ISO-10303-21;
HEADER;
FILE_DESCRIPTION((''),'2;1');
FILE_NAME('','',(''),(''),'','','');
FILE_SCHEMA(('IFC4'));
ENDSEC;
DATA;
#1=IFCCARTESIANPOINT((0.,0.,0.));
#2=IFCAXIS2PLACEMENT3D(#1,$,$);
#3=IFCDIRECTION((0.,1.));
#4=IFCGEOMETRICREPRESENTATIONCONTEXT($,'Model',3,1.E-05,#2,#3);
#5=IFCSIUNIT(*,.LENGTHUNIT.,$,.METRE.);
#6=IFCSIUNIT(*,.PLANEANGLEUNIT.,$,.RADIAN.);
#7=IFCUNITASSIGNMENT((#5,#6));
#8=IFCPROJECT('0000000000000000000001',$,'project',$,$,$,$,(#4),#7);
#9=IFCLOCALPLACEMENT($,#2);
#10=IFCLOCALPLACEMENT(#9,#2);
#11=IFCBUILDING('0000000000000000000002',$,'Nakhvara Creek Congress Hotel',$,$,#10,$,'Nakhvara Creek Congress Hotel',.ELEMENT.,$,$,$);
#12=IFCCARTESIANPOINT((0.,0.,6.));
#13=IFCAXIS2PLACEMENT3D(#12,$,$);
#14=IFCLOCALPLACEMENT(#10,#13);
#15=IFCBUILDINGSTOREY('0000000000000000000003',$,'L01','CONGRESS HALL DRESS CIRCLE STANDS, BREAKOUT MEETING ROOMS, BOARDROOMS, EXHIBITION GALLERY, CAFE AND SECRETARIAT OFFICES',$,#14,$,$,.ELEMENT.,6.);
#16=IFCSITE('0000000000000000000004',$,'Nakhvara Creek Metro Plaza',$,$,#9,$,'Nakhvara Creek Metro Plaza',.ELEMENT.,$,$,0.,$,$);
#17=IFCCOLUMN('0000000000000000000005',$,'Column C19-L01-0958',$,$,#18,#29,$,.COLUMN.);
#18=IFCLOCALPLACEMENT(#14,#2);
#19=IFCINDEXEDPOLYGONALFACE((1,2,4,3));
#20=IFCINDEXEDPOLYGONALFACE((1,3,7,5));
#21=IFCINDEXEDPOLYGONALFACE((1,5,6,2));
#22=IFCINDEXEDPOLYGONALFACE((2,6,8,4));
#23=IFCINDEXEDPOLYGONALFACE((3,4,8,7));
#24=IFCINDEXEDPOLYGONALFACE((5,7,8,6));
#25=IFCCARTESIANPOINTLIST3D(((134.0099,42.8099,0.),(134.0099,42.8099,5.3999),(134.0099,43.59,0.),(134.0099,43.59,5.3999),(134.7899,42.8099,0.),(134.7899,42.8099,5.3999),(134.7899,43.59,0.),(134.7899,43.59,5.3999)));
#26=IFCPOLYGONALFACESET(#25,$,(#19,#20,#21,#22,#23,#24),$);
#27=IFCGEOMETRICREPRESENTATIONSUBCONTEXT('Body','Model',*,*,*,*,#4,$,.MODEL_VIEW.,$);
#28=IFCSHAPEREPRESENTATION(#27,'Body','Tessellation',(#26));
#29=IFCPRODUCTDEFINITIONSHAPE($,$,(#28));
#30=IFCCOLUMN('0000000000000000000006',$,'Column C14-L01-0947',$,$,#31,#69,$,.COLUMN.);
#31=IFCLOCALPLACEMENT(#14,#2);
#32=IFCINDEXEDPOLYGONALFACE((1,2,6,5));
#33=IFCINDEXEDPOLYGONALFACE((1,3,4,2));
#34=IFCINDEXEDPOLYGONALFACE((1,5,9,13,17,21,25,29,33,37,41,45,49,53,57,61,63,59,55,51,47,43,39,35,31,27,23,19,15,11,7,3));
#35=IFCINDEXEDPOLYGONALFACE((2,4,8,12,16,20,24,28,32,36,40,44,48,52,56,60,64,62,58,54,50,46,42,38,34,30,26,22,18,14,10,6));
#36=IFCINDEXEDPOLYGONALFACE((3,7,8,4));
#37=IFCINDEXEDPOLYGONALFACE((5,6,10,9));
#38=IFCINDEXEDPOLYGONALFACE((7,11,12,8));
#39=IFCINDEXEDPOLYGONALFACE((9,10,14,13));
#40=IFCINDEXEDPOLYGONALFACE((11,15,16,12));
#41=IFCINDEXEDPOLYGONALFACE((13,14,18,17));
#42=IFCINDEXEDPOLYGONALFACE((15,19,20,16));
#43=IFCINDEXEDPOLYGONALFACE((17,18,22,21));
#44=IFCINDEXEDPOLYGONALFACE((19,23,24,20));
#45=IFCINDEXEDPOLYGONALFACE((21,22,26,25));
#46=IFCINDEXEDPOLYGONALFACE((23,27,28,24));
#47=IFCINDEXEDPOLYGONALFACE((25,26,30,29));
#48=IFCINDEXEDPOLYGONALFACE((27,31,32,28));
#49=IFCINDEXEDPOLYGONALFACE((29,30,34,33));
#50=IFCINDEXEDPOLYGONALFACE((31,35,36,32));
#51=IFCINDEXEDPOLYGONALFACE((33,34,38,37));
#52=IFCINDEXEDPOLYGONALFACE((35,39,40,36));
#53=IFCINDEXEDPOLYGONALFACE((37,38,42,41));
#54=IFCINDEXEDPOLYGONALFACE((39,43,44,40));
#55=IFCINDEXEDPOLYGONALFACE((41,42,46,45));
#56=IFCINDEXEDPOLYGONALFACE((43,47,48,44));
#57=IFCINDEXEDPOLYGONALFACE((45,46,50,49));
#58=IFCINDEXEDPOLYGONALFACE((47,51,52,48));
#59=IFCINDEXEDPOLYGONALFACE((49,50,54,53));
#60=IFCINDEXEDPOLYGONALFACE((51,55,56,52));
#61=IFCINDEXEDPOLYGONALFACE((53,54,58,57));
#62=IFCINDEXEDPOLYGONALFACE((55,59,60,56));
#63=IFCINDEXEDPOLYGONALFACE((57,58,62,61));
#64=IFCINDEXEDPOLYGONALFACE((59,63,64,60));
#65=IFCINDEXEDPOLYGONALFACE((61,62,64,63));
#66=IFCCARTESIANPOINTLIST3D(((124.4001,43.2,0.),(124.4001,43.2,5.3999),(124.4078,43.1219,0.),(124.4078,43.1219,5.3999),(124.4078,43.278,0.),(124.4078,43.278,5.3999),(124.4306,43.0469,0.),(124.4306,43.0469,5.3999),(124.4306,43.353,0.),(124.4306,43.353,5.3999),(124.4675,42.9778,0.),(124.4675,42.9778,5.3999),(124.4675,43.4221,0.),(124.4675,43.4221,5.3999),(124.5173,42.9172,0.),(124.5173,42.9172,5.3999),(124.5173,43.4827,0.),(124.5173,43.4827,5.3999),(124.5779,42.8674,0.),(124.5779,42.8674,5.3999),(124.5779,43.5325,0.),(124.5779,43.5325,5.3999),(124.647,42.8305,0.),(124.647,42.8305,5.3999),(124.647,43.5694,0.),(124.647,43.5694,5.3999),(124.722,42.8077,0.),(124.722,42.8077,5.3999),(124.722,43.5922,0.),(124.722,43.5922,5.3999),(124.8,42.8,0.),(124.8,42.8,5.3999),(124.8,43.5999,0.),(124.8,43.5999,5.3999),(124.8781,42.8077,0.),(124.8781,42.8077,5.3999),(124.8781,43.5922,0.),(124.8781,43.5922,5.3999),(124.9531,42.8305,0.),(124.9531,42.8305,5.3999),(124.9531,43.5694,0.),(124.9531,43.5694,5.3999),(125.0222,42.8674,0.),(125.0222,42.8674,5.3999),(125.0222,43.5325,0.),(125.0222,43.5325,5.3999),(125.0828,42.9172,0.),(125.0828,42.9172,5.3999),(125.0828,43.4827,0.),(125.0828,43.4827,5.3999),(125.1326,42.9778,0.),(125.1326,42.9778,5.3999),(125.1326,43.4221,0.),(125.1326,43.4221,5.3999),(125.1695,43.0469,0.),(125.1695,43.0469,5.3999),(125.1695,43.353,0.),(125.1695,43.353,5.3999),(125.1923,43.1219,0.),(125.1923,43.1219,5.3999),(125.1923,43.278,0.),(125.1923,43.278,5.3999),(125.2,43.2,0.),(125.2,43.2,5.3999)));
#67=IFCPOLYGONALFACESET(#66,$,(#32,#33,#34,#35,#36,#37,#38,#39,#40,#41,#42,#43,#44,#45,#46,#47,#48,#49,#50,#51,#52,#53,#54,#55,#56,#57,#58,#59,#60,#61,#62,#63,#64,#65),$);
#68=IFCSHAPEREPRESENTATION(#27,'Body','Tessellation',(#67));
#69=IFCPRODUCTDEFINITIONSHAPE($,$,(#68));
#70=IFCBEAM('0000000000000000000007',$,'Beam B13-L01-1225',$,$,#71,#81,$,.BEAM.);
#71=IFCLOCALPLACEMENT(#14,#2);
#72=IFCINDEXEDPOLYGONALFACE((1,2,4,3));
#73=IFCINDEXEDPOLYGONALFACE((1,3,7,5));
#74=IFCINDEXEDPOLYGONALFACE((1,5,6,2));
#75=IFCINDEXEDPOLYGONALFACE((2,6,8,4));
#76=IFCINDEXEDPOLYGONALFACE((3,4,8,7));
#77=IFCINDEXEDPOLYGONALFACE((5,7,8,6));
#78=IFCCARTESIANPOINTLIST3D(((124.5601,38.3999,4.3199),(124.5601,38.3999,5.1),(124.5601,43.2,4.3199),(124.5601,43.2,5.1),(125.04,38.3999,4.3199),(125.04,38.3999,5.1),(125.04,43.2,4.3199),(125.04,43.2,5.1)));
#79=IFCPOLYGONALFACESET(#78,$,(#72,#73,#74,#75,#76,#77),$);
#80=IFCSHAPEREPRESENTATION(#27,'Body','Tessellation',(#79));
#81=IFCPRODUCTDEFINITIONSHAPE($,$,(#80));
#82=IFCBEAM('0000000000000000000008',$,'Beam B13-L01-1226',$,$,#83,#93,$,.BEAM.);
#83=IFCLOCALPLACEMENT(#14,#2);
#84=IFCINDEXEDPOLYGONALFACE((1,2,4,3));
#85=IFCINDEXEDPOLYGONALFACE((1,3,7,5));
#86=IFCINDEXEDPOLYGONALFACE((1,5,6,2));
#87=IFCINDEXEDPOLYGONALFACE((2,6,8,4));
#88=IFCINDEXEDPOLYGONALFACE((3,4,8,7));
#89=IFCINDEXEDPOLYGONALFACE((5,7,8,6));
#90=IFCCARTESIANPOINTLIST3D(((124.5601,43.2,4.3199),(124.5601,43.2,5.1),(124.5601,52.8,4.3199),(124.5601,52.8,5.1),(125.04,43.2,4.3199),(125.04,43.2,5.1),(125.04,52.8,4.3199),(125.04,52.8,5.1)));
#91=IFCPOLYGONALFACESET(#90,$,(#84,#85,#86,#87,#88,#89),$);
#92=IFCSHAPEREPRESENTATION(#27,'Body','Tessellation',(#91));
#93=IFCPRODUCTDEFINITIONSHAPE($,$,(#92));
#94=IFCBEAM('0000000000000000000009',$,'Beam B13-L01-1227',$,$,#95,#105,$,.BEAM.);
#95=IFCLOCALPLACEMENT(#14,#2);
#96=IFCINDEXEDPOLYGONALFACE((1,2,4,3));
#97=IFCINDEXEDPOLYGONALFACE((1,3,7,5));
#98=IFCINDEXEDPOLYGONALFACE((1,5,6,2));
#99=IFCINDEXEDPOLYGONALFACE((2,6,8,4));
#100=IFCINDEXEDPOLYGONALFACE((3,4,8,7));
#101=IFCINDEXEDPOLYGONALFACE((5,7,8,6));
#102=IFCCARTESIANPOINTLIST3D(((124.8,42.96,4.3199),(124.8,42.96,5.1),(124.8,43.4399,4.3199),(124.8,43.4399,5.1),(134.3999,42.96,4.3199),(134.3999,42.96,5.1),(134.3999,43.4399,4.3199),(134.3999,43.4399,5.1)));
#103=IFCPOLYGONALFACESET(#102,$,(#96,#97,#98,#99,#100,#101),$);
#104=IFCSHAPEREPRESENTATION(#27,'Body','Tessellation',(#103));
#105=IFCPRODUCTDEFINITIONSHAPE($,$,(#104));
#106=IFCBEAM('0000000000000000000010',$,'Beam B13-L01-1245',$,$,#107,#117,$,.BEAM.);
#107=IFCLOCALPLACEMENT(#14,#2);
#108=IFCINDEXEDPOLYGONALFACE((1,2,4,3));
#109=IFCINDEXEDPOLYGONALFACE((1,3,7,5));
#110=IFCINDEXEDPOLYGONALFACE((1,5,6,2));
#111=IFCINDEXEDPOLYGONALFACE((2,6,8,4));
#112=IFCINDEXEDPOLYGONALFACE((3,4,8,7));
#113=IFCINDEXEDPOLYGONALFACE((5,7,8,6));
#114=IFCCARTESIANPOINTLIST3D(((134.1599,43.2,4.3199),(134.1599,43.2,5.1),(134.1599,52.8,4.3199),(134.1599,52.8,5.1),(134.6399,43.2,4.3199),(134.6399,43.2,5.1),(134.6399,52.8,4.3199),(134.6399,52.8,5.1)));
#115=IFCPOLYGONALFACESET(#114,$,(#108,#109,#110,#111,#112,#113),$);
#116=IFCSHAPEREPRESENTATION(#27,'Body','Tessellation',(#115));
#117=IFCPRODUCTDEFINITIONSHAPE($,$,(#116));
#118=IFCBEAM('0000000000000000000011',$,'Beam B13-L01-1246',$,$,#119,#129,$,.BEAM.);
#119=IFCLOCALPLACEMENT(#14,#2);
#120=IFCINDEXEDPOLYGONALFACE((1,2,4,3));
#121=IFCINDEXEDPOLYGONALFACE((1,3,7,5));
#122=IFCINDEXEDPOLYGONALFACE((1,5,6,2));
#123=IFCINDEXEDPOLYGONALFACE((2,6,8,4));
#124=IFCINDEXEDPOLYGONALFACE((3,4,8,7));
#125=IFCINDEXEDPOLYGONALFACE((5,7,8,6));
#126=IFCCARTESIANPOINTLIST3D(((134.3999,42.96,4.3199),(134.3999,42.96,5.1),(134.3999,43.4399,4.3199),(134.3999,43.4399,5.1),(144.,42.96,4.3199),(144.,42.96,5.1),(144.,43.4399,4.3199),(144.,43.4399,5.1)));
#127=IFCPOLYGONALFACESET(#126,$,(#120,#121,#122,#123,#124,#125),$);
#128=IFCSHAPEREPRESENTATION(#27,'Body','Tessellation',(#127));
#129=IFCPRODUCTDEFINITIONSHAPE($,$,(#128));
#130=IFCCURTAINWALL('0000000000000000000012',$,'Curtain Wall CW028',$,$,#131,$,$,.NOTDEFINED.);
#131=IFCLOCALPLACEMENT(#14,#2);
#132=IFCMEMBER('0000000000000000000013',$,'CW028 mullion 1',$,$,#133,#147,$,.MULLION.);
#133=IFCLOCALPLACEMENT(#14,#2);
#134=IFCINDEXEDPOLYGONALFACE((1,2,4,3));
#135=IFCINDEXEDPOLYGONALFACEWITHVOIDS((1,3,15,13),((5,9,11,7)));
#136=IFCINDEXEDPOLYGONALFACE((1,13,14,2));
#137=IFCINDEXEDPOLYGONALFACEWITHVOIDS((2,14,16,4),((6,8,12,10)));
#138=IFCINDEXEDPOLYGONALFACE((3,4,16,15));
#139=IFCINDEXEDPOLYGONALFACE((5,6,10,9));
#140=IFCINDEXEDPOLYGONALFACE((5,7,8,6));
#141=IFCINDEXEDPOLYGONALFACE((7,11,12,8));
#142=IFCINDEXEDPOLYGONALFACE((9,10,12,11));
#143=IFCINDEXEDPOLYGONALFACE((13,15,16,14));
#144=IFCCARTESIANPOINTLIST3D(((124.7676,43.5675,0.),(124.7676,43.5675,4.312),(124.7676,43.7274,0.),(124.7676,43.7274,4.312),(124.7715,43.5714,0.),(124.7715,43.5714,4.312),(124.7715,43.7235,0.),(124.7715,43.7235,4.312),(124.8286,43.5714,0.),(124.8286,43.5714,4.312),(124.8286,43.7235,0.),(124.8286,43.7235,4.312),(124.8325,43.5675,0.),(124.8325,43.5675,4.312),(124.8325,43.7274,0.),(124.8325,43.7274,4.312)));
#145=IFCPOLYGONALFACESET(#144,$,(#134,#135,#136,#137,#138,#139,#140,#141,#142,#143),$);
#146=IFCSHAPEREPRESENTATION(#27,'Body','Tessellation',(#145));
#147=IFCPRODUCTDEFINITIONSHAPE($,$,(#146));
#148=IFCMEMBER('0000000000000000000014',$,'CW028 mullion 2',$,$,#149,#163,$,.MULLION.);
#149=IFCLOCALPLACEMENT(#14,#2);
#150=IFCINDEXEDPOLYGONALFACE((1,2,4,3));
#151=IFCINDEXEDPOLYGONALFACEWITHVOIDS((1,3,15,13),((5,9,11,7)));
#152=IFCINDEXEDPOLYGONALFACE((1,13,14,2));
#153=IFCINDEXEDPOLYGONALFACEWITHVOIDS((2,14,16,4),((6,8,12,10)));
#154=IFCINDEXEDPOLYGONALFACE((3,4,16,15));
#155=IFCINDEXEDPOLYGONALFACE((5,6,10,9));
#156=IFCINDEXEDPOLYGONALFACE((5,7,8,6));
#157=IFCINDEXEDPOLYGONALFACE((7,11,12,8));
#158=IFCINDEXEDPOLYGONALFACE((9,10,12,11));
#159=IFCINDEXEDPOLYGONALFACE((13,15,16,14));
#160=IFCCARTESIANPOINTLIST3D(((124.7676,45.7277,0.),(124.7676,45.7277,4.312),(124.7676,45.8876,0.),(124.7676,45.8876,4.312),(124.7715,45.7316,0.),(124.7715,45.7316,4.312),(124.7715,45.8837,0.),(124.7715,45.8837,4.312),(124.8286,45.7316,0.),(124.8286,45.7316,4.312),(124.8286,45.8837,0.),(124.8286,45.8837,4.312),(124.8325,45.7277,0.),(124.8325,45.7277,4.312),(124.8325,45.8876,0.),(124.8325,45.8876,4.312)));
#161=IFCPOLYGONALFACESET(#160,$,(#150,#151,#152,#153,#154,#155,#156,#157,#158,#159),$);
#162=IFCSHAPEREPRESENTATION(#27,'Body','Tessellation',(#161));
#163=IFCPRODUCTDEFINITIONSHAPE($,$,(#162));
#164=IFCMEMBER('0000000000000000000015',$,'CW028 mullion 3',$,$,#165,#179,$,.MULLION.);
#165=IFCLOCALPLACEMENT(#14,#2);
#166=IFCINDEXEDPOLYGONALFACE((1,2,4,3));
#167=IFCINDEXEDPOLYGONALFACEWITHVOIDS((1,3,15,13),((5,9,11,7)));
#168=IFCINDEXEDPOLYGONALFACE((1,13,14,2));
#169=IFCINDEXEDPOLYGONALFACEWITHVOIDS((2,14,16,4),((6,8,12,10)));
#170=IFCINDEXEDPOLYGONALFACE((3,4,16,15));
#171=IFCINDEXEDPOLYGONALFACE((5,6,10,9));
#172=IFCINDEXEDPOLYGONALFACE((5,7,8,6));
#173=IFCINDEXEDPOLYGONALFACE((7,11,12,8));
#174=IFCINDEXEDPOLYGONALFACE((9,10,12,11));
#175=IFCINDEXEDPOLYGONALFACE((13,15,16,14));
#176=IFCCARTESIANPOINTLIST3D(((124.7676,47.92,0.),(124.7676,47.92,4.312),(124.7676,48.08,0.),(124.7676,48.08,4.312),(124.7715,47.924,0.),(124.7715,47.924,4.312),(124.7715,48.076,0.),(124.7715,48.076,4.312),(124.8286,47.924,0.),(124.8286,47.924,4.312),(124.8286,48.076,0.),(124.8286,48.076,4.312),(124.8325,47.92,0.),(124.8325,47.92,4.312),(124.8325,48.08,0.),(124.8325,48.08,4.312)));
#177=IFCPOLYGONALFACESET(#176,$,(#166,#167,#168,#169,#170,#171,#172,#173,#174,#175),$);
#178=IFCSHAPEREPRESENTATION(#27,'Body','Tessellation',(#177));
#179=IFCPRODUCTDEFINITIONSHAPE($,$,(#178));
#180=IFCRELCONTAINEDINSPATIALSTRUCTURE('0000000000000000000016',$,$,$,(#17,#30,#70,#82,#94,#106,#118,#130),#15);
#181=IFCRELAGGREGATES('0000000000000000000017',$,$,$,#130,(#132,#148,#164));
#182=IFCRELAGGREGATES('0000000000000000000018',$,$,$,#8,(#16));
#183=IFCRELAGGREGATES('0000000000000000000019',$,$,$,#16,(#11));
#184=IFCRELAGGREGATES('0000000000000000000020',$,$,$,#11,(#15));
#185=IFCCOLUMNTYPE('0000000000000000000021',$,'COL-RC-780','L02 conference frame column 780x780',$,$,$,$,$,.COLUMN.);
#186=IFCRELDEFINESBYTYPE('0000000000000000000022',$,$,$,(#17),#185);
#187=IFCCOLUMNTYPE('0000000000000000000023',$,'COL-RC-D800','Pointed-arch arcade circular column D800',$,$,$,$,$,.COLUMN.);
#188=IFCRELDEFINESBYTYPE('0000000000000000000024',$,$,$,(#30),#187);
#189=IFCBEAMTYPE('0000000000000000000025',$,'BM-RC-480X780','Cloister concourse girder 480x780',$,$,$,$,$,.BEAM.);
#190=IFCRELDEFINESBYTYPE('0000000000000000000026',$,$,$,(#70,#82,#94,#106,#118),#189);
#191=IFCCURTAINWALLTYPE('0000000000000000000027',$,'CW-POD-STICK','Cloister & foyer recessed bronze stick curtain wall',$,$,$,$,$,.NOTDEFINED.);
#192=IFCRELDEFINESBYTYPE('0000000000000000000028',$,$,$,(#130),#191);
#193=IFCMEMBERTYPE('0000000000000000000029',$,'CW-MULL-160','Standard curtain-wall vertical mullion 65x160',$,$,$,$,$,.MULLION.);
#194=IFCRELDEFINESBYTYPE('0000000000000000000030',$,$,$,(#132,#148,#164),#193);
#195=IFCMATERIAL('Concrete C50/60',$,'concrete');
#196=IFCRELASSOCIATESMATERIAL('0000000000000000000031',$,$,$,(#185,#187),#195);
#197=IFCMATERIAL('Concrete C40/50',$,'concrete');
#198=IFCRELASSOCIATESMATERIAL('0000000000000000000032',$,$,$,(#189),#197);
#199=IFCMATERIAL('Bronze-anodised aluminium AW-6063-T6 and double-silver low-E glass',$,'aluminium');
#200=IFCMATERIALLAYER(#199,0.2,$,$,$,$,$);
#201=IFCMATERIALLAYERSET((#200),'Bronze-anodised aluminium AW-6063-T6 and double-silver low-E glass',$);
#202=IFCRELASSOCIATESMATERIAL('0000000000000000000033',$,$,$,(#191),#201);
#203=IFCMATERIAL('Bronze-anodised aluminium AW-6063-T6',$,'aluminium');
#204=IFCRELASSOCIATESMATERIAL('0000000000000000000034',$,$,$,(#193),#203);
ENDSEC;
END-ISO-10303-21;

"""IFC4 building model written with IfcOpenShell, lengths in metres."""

from ifc_helpers import new_model, si_unit, direction, frame, origin, origin_2d, place, context, subcontext, project, spatial, rectangle, hollow_rectangle, circle, extrude, material, layer, layer_set, material_profile, profile_set, type_object, element, aggregate, save


model = new_model("IFC4")

# Units and contexts
model_context = context("Model", 3, precision=1e-05, world=origin(), true_north=direction((0.0, 1.0)))
body_context = subcontext(model_context, "Body", "Model", "MODEL_VIEW")
ifc_project = project(units=[si_unit("LENGTHUNIT", "METRE"), si_unit("PLANEANGLEUNIT", "RADIAN")], contexts=[model_context])

# Site, building, storey
site_placement = place(None, origin())
site = spatial("IfcSite", under=ifc_project, at=site_placement, Name="Nakhvara Creek Metro Plaza", LongName="Nakhvara Creek Metro Plaza", CompositionType="ELEMENT", RefElevation=0.0)
building_placement = place(site_placement, origin())
building = spatial("IfcBuilding", under=site, at=building_placement, Name="Nakhvara Creek Congress Hotel", LongName="Nakhvara Creek Congress Hotel", CompositionType="ELEMENT")
storey_placement = place(building_placement, frame((0.0, 0.0, 6.0)))
storey = spatial("IfcBuildingStorey", under=building, at=storey_placement, Name="L01", Description="CONGRESS HALL DRESS CIRCLE STANDS, BREAKOUT MEETING ROOMS, BOARDROOMS, EXHIBITION GALLERY, CAFE AND SECRETARIAT OFFICES", CompositionType="ELEMENT", Elevation=6.0)

# Columns
ifc_material_1 = material(Name="Concrete C50/60", Category="concrete")
ifc_material_profile_1 = material_profile(ifc_material_1, rectangle(XDim=0.78, YDim=0.78, at=origin_2d()), Name="RC-COL 780x780", Category="LoadBearing")
ifc_profile_set_1 = profile_set([ifc_material_profile_1], Name="Concrete C50/60")
column_type_1 = type_object("IfcColumnType", Name="COL-RC-780", Description="L02 conference frame column 780x780", PredefinedType="COLUMN", material=ifc_profile_set_1)
column_1_placement = place(storey_placement, frame((134.3999, 43.2, 0.0), z_axis=(0.0, 0.0, 1.0), x_axis=(1.0, 0.0, 0.0)))
element("IfcColumn", 1, at=column_1_placement, inside=storey, type_object=column_type_1, Name="Column C19-L01-0958", PredefinedType="COLUMN", context=body_context, shape_type="SweptSolid", body=[
    extrude(rectangle(XDim=0.78, YDim=0.78, at=origin_2d()), origin(), (0.0, 0.0, 1.0), 5.3999),
])
ifc_material_profile_2 = material_profile(ifc_material_1, circle(Radius=0.3999, at=origin_2d()), Name="RC-COL D800", Category="LoadBearing")
ifc_profile_set_2 = profile_set([ifc_material_profile_2], Name="Concrete C50/60")
column_type_2 = type_object("IfcColumnType", Name="COL-RC-D800", Description="Pointed-arch arcade circular column D800", PredefinedType="COLUMN", material=ifc_profile_set_2)
column_2_placement = place(storey_placement, frame((124.8, 43.2, 0.0), z_axis=(0.0, 0.0, 1.0), x_axis=(1.0, 0.0, 0.0)))
element("IfcColumn", 2, at=column_2_placement, inside=storey, type_object=column_type_2, Name="Column C14-L01-0947", PredefinedType="COLUMN", context=body_context, shape_type="SweptSolid", body=[
    extrude(circle(Radius=0.3999, at=origin_2d()), origin(), (0.0, 0.0, 1.0), 5.3999),
])

# Beams
ifc_material_2 = material(Name="Concrete C40/50", Category="concrete")
ifc_material_profile_3 = material_profile(ifc_material_2, rectangle(XDim=0.48, YDim=0.78, at=origin_2d()), Name="RC-BM 480x780", Category="LoadBearing")
ifc_profile_set_3 = profile_set([ifc_material_profile_3], Name="Concrete C40/50")
beam_type = type_object("IfcBeamType", Name="BM-RC-480X780", Description="Cloister concourse girder 480x780", PredefinedType="BEAM", material=ifc_profile_set_3)
beam_1_placement = place(storey_placement, frame((124.8, 38.3999, 4.71), z_axis=(0.0, 1.0, 0.0), x_axis=(-1.0, 0.0, 0.0)))
element("IfcBeam", 3, at=beam_1_placement, inside=storey, type_object=beam_type, Name="Beam B13-L01-1225", PredefinedType="BEAM", context=body_context, shape_type="SweptSolid", body=[
    extrude(rectangle(XDim=0.48, YDim=0.78, at=origin_2d()), origin(), (0.0, 0.0, 1.0), 4.8),
])
beam_2_placement = place(storey_placement, frame((124.8, 43.2, 4.71), z_axis=(0.0, 1.0, 0.0), x_axis=(-1.0, 0.0, 0.0)))
element("IfcBeam", 4, at=beam_2_placement, inside=storey, type_object=beam_type, Name="Beam B13-L01-1226", PredefinedType="BEAM", context=body_context, shape_type="SweptSolid", body=[
    extrude(rectangle(XDim=0.48, YDim=0.78, at=origin_2d()), origin(), (0.0, 0.0, 1.0), 9.6001),
])
beam_3_placement = place(storey_placement, frame((124.8, 43.2, 4.71), z_axis=(1.0, 0.0, 0.0), x_axis=(0.0, 1.0, 0.0)))
element("IfcBeam", 5, at=beam_3_placement, inside=storey, type_object=beam_type, Name="Beam B13-L01-1227", PredefinedType="BEAM", context=body_context, shape_type="SweptSolid", body=[
    extrude(rectangle(XDim=0.48, YDim=0.78, at=origin_2d()), origin(), (0.0, 0.0, 1.0), 9.5999),
])
for number, where, z_axis, x_axis, name in (
    (6, (134.3999, 43.2, 4.71), (0.0, 1.0, 0.0), (-1.0, 0.0, 0.0), "Beam B13-L01-1245"),
    (7, (134.3999, 43.2, 4.71), (1.0, 0.0, 0.0), (0.0, 1.0, 0.0), "Beam B13-L01-1246"),
):
    element("IfcBeam", number, at=place(storey_placement, frame(where, z_axis=z_axis, x_axis=x_axis)), inside=storey, type_object=beam_type, Name=name, PredefinedType="BEAM", context=body_context, shape_type="SweptSolid", body=[
        extrude(rectangle(XDim=0.48, YDim=0.78, at=origin_2d()), origin(), (0.0, 0.0, 1.0), 9.6001),
    ])

# Curtain wall, members
ifc_material_3 = material(Name="Bronze-anodised aluminium AW-6063-T6 and double-silver low-E glass", Category="aluminium")
ifc_layer_1 = layer(ifc_material_3, 0.2)
ifc_layer_set_1 = layer_set([ifc_layer_1], Name="Bronze-anodised aluminium AW-6063-T6 and double-silver low-E glass")
curtain_wall_type = type_object("IfcCurtainWallType", Name="CW-POD-STICK", Description="Cloister & foyer recessed bronze stick curtain wall", PredefinedType="NOTDEFINED", material=ifc_layer_set_1)
curtain_wall_placement = place(storey_placement, origin())
curtain_wall = element("IfcCurtainWall", 8, at=curtain_wall_placement, inside=storey, type_object=curtain_wall_type, Name="Curtain Wall CW028", PredefinedType="NOTDEFINED")
ifc_material_4 = material(Name="Bronze-anodised aluminium AW-6063-T6", Category="aluminium")
ifc_material_profile_4 = material_profile(ifc_material_4, hollow_rectangle(XDim=0.0649, YDim=0.1599, WallThickness=0.0039, at=origin_2d()), Name="ALU-MULL 65x160x4", Category="LoadBearing")
ifc_profile_set_4 = profile_set([ifc_material_profile_4], Name="Bronze-anodised aluminium AW-6063-T6")
member_type_1 = type_object("IfcMemberType", Name="CW-MULL-160", Description="Standard curtain-wall vertical mullion 65x160", PredefinedType="MULLION", material=ifc_profile_set_4)
member_1_placement = place(storey_placement, frame((124.8, 43.6475, 0.0), z_axis=(0.0, 0.0, 1.0), x_axis=(-1.0, 0.0, 0.0)))
member_1 = element("IfcMember", 9, at=member_1_placement, type_object=member_type_1, Name="CW028 mullion 1", PredefinedType="MULLION", context=body_context, shape_type="SweptSolid", body=[
    extrude(hollow_rectangle(XDim=0.0649, YDim=0.1599, WallThickness=0.0039, at=origin_2d()), origin(), (0.0, 0.0, 1.0), 4.312),
])
member_2_placement = place(storey_placement, frame((124.8, 45.8076, 0.0), z_axis=(0.0, 0.0, 1.0), x_axis=(-1.0, 0.0, 0.0)))
member_2 = element("IfcMember", 10, at=member_2_placement, type_object=member_type_1, Name="CW028 mullion 2", PredefinedType="MULLION", context=body_context, shape_type="SweptSolid", body=[
    extrude(hollow_rectangle(XDim=0.0649, YDim=0.1599, WallThickness=0.0039, at=origin_2d()), origin(), (0.0, 0.0, 1.0), 4.312),
])
member_3_placement = place(storey_placement, frame((124.8, 48.0, 0.0), z_axis=(0.0, 0.0, 1.0), x_axis=(-1.0, 0.0, 0.0)))
member_3 = element("IfcMember", 11, at=member_3_placement, type_object=member_type_1, Name="CW028 mullion 3", PredefinedType="MULLION", context=body_context, shape_type="SweptSolid", body=[
    extrude(hollow_rectangle(XDim=0.0649, YDim=0.1599, WallThickness=0.0039, at=origin_2d()), origin(), (0.0, 0.0, 1.0), 4.312),
])
aggregate(curtain_wall, [member_1, member_2, member_3])

save(model, "model.ifc")
